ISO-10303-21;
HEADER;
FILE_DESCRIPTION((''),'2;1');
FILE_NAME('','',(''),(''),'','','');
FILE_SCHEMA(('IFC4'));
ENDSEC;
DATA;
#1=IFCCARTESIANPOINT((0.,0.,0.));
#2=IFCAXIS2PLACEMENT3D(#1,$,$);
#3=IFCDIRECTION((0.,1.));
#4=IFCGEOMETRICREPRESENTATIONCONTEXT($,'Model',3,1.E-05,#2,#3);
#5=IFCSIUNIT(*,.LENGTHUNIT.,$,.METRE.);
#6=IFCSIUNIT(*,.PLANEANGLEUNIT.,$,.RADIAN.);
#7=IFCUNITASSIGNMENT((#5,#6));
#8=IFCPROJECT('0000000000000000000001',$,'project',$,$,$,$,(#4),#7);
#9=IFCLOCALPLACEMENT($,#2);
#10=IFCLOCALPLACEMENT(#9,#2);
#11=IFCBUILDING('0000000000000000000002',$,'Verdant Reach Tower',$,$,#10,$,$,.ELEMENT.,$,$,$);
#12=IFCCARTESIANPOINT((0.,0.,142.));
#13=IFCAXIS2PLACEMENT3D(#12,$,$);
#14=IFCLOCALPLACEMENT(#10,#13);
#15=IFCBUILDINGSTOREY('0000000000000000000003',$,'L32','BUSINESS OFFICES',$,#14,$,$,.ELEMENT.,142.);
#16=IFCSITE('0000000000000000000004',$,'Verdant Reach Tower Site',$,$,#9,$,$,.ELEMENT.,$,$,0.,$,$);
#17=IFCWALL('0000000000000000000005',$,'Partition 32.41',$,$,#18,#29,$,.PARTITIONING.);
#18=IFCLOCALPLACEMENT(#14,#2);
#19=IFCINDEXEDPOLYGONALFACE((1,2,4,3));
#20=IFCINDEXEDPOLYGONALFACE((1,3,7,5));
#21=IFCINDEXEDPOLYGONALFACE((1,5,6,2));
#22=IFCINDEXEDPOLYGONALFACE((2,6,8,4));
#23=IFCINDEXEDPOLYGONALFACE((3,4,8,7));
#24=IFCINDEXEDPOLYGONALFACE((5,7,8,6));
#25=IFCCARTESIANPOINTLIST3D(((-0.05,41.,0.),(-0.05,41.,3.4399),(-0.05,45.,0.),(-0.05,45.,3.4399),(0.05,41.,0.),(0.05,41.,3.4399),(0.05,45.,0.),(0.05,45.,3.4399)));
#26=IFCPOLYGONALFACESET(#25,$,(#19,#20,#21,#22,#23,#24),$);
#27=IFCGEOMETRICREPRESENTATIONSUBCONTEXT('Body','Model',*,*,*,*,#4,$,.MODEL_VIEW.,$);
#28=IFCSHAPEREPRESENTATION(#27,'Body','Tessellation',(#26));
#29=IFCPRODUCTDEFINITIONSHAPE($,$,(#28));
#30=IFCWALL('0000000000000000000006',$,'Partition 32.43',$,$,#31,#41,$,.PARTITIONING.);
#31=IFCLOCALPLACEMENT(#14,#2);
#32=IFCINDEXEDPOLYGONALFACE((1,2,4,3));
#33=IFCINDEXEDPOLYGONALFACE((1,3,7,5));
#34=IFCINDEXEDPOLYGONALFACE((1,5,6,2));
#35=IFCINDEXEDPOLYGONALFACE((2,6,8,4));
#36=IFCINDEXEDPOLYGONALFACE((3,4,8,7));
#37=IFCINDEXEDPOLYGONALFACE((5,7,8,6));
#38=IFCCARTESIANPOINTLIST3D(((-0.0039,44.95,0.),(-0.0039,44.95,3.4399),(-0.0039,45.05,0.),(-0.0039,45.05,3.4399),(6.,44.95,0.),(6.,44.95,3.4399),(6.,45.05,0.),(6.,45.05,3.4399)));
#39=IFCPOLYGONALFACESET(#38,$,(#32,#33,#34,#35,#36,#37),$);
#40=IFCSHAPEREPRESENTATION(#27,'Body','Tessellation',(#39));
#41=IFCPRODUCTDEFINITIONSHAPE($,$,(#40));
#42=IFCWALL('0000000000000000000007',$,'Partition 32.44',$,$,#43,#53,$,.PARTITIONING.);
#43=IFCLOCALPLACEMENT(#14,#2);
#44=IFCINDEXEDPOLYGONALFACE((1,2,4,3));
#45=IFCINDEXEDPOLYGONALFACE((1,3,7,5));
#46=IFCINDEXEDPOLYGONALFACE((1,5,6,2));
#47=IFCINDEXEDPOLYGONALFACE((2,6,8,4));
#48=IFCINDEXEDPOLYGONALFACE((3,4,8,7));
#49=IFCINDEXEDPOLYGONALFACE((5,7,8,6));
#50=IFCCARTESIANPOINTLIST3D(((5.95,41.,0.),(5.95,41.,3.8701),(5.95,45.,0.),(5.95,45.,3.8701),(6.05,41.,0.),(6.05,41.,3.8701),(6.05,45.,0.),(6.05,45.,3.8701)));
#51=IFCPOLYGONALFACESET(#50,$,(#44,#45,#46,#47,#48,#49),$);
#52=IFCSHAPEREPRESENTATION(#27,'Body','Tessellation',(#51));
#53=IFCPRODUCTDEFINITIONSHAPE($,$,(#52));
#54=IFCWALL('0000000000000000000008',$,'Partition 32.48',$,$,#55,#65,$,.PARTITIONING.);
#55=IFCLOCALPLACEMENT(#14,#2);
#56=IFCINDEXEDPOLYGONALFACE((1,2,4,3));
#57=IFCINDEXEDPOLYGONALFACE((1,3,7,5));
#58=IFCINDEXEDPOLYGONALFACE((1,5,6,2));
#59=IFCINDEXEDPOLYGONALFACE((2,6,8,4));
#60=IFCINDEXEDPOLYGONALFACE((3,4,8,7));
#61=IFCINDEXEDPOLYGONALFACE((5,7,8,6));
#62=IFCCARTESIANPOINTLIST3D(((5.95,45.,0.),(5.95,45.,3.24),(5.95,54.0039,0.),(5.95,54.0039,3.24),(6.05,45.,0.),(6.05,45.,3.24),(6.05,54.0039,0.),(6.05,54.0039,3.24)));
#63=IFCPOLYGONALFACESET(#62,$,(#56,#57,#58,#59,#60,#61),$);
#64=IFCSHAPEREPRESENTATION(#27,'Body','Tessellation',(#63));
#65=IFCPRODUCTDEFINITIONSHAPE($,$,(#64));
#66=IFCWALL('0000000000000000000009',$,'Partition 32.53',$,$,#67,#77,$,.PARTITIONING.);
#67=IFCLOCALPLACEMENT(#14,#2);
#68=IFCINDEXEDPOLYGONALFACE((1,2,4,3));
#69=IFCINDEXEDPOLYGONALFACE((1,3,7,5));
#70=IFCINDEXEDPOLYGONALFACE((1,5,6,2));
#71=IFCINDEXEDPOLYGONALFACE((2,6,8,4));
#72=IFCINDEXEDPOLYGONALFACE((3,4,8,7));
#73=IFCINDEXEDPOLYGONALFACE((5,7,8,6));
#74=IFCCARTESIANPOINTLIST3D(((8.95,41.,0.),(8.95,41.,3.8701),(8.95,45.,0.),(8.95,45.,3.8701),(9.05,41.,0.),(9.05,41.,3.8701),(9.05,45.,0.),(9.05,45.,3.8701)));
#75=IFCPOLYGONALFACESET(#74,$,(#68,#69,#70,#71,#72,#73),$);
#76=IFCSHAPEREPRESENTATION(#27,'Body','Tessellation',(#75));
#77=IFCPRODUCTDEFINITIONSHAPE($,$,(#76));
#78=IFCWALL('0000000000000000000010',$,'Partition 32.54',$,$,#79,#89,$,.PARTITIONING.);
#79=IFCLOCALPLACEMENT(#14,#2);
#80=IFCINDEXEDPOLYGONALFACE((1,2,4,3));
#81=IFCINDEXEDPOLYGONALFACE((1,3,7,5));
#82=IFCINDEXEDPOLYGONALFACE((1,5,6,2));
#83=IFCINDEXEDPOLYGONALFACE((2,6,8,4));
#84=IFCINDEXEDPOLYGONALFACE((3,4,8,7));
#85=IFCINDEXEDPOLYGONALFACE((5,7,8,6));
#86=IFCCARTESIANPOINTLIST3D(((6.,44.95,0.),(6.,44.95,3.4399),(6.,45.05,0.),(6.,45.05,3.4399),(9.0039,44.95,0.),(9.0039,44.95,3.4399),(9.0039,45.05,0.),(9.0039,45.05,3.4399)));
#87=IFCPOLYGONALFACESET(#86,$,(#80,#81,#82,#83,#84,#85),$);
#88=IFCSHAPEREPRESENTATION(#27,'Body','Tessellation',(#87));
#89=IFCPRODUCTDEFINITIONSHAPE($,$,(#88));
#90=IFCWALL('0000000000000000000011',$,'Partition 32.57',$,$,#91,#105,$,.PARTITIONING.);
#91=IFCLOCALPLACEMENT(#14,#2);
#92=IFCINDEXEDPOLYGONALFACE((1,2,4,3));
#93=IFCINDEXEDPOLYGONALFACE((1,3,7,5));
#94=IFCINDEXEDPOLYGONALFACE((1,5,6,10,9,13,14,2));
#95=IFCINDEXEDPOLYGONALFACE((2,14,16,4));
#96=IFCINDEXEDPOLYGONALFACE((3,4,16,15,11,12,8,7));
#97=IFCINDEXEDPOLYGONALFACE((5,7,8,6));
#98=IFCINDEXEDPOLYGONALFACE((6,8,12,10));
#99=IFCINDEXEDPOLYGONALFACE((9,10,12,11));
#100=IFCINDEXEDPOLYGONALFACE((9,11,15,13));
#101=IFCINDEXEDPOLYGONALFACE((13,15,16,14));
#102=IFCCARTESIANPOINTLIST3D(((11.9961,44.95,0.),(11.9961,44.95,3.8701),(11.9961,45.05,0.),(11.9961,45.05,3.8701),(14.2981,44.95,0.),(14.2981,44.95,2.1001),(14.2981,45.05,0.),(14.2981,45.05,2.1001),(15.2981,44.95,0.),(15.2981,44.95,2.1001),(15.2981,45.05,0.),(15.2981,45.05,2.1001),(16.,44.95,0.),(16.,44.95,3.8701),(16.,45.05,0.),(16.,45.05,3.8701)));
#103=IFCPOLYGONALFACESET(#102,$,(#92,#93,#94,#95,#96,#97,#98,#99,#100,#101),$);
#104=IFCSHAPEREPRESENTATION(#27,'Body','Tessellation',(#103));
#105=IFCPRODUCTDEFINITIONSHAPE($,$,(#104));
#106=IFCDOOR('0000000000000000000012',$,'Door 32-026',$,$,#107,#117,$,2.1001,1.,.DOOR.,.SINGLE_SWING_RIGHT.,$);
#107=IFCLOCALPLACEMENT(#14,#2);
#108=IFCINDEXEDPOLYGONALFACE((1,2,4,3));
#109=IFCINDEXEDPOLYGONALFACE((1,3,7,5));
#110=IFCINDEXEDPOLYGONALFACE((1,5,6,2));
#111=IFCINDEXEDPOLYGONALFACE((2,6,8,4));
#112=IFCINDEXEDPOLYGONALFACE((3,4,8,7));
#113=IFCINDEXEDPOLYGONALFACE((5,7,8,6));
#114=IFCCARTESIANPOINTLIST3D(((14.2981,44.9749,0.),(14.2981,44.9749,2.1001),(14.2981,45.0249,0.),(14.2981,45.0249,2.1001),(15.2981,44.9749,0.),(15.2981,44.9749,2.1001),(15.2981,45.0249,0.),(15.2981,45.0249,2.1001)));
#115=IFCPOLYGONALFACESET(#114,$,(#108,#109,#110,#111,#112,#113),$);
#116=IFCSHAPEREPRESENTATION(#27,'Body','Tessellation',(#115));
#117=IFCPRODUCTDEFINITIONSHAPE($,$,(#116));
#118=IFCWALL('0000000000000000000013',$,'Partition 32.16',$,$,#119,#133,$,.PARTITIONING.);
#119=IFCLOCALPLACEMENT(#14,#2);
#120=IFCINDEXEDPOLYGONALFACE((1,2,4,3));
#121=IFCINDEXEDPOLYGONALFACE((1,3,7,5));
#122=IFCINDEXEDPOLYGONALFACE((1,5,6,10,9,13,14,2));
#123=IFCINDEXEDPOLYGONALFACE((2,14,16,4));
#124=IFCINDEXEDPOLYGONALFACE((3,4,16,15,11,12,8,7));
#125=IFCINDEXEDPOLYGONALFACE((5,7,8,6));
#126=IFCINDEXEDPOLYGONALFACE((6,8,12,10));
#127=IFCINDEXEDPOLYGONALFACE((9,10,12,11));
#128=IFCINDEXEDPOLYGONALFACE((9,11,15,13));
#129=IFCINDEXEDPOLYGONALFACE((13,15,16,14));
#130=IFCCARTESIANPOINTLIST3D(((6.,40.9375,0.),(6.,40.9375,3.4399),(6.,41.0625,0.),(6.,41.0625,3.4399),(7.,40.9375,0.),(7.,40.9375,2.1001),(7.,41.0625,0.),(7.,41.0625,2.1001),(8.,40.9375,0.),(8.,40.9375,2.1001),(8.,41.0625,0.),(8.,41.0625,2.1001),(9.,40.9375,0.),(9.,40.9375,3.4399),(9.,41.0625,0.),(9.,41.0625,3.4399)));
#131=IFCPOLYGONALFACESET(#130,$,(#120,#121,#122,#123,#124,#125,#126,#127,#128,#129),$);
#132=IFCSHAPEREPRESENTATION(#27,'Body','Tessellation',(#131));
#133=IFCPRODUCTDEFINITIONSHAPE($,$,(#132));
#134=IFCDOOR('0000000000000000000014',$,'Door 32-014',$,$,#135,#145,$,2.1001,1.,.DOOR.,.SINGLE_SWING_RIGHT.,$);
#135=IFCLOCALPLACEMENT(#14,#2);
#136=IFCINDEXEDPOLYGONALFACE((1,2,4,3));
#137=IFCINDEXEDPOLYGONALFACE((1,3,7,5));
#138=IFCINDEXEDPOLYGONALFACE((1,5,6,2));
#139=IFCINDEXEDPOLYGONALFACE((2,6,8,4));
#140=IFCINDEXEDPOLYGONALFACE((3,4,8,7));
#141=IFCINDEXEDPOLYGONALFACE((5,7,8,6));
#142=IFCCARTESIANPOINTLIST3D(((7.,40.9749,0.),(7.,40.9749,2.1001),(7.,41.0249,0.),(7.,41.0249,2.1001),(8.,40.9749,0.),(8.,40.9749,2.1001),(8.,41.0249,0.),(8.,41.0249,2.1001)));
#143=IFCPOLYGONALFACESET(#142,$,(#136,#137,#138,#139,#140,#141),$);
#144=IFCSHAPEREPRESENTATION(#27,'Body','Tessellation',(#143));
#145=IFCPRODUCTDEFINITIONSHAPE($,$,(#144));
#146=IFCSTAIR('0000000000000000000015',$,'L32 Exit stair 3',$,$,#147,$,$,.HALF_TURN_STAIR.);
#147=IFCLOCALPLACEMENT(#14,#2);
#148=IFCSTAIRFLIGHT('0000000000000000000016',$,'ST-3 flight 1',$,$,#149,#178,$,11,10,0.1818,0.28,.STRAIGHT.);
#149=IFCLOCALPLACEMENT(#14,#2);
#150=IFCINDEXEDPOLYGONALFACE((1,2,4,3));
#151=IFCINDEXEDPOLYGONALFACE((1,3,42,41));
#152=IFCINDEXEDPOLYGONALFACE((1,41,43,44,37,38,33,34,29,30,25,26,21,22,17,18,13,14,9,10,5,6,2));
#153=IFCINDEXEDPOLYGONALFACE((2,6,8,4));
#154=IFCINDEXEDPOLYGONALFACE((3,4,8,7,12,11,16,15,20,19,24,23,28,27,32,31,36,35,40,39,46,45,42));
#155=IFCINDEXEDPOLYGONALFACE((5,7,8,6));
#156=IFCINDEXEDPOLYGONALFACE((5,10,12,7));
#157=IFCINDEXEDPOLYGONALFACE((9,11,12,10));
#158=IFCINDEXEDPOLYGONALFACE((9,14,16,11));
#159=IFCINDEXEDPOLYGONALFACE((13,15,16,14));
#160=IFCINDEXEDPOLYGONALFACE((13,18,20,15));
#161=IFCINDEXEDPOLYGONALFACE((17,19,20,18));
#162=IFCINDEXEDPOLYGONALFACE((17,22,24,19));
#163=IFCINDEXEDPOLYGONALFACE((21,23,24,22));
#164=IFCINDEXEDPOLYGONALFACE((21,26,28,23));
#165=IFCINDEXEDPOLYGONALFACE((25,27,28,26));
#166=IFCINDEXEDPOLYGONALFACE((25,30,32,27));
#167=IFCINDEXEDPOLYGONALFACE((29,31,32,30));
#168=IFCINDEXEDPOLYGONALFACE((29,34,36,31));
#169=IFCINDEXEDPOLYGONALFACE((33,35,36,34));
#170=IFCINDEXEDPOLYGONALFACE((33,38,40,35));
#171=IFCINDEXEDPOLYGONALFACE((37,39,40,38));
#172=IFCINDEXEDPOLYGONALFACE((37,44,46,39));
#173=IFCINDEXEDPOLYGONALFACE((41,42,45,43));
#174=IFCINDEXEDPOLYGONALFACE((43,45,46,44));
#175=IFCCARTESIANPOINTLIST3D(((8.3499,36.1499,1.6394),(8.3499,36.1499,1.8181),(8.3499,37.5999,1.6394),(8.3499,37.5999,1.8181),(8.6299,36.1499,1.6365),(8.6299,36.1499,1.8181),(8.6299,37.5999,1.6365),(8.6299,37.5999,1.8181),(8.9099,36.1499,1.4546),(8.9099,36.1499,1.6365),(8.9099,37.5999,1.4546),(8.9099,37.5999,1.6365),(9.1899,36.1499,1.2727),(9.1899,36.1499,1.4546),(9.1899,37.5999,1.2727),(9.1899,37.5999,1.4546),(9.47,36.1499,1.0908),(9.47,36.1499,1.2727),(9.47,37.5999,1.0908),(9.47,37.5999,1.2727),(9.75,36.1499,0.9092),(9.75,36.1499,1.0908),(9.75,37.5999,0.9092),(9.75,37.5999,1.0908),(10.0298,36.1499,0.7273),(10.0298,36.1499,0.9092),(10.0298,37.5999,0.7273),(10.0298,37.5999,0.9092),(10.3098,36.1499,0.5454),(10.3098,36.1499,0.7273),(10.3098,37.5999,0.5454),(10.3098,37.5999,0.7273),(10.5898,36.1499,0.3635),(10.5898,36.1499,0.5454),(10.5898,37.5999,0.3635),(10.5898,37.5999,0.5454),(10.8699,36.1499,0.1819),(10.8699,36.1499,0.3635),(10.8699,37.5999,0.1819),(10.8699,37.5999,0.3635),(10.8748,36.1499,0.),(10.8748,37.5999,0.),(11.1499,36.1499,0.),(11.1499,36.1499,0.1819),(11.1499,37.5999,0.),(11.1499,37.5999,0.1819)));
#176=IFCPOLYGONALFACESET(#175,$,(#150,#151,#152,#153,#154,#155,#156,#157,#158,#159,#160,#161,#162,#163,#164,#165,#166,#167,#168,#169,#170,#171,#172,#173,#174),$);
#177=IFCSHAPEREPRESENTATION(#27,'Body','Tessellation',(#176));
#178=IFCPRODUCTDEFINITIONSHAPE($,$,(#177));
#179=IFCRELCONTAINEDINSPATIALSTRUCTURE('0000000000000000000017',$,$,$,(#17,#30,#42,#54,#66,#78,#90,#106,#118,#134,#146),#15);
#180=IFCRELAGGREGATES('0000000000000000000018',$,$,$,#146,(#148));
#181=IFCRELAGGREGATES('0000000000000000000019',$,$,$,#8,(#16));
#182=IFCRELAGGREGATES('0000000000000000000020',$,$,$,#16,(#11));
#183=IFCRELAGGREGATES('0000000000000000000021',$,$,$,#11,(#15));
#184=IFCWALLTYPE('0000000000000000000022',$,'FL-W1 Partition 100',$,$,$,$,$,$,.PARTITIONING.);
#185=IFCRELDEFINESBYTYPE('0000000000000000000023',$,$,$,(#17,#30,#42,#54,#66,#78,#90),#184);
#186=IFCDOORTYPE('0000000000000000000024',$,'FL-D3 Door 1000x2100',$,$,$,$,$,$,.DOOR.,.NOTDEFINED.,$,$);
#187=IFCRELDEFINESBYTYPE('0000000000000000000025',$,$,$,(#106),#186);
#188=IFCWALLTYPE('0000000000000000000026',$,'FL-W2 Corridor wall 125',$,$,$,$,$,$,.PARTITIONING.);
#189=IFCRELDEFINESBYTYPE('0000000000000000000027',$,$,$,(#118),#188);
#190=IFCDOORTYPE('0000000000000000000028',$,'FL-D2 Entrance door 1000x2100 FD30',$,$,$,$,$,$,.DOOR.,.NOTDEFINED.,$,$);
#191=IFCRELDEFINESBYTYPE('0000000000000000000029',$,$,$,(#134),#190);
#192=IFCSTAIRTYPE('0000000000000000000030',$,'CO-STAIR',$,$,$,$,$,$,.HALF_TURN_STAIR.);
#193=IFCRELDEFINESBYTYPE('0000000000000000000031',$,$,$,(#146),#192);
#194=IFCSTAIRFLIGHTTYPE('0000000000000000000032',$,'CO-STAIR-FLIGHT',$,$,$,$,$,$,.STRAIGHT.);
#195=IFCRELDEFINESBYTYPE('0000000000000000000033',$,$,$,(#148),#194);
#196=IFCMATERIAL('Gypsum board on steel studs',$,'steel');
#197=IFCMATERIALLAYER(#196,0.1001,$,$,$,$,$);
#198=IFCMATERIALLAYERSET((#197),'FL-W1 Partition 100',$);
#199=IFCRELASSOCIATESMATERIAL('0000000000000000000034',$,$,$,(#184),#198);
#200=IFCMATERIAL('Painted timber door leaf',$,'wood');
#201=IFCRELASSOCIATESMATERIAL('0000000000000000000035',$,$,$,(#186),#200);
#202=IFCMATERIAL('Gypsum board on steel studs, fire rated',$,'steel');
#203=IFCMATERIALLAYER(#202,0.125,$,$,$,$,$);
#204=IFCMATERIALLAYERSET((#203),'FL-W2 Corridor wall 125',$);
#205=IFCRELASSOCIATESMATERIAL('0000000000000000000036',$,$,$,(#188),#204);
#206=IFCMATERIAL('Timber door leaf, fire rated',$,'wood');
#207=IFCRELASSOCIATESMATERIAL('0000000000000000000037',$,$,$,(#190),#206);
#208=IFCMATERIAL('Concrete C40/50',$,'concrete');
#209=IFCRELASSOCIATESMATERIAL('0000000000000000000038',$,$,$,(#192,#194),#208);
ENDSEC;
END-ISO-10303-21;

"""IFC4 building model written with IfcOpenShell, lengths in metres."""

from ifc_helpers import new_model, si_unit, direction, frame, frame_2d, origin, place, context, subcontext, project, spatial, polyline, rectangle, outline, extrude, material, layer, layer_set, type_object, element, fill, aggregate, save


model = new_model("IFC4")

# Units and contexts
model_context = context("Model", 3, precision=1e-05, world=origin(), true_north=direction((0.0, 1.0)))
body_context = subcontext(model_context, "Body", "Model", "MODEL_VIEW")
ifc_project = project(units=[si_unit("LENGTHUNIT", "METRE"), si_unit("PLANEANGLEUNIT", "RADIAN")], contexts=[model_context])

# Site, building, storey
site_placement = place(None, origin())
site = spatial("IfcSite", under=ifc_project, at=site_placement, Name="Verdant Reach Tower Site", CompositionType="ELEMENT", RefElevation=0.0)
building_placement = place(site_placement, origin())
building = spatial("IfcBuilding", under=site, at=building_placement, Name="Verdant Reach Tower", CompositionType="ELEMENT")
storey_placement = place(building_placement, frame((0.0, 0.0, 142.0)))
storey = spatial("IfcBuildingStorey", under=building, at=storey_placement, Name="L32", Description="BUSINESS OFFICES", CompositionType="ELEMENT", Elevation=142.0)

# Shared definitions
ifc_material_1 = material(Name="Concrete C40/50", Category="concrete")

# Walls
ifc_material_2 = material(Name="Gypsum board on steel studs", Category="steel")
ifc_layer_1 = layer(ifc_material_2, 0.1001)
ifc_layer_set_1 = layer_set([ifc_layer_1], Name="FL-W1 Partition 100")
wall_type_1 = type_object("IfcWallType", Name="FL-W1 Partition 100", PredefinedType="PARTITIONING", material=ifc_layer_set_1)
wall_1_placement = place(storey_placement, frame((0.0, 41.0, 0.0), z_axis=(0.0, 0.0, 1.0), x_axis=(0.0, 1.0, 0.0)))
element("IfcWall", 1, at=wall_1_placement, inside=storey, type_object=wall_type_1, Name="Partition 32.41", PredefinedType="PARTITIONING", context=body_context, shape_type="SweptSolid", body=[
    extrude(rectangle(XDim=4.0, YDim=0.1001, at=frame_2d((2.0, 0.0))), origin(), (0.0, 0.0, 1.0), 3.4399),
])
wall_2_placement = place(storey_placement, frame((6.0, 45.0, 0.0), z_axis=(0.0, 0.0, 1.0), x_axis=(-1.0, 0.0, 0.0)))
element("IfcWall", 2, at=wall_2_placement, inside=storey, type_object=wall_type_1, Name="Partition 32.43", PredefinedType="PARTITIONING", context=body_context, shape_type="SweptSolid", body=[
    extrude(rectangle(XDim=6.0039, YDim=0.1001, at=frame_2d((3.002, 0.0))), origin(), (0.0, 0.0, 1.0), 3.4399),
])
wall_3_placement = place(storey_placement, frame((6.0, 41.0, 0.0), z_axis=(0.0, 0.0, 1.0), x_axis=(0.0, 1.0, 0.0)))
element("IfcWall", 3, at=wall_3_placement, inside=storey, type_object=wall_type_1, Name="Partition 32.44", PredefinedType="PARTITIONING", context=body_context, shape_type="SweptSolid", body=[
    extrude(rectangle(XDim=4.0, YDim=0.1001, at=frame_2d((2.0, 0.0))), origin(), (0.0, 0.0, 1.0), 3.8701),
])
wall_4_placement = place(storey_placement, frame((6.0, 45.0, 0.0), z_axis=(0.0, 0.0, 1.0), x_axis=(0.0, 1.0, 0.0)))
element("IfcWall", 4, at=wall_4_placement, inside=storey, type_object=wall_type_1, Name="Partition 32.48", PredefinedType="PARTITIONING", context=body_context, shape_type="SweptSolid", body=[
    extrude(rectangle(XDim=9.0039, YDim=0.1001, at=frame_2d((4.502, 0.0))), origin(), (0.0, 0.0, 1.0), 3.24),
])
wall_5_placement = place(storey_placement, frame((9.0, 41.0, 0.0), z_axis=(0.0, 0.0, 1.0), x_axis=(0.0, 1.0, 0.0)))
element("IfcWall", 5, at=wall_5_placement, inside=storey, type_object=wall_type_1, Name="Partition 32.53", PredefinedType="PARTITIONING", context=body_context, shape_type="SweptSolid", body=[
    extrude(rectangle(XDim=4.0, YDim=0.1001, at=frame_2d((2.0, 0.0))), origin(), (0.0, 0.0, 1.0), 3.8701),
])
wall_6_placement = place(storey_placement, frame((9.0039, 45.0, 0.0), z_axis=(0.0, 0.0, 1.0), x_axis=(-1.0, 0.0, 0.0)))
element("IfcWall", 6, at=wall_6_placement, inside=storey, type_object=wall_type_1, Name="Partition 32.54", PredefinedType="PARTITIONING", context=body_context, shape_type="SweptSolid", body=[
    extrude(rectangle(XDim=3.0039, YDim=0.1001, at=frame_2d((1.502, 0.0))), origin(), (0.0, 0.0, 1.0), 3.4399),
])

# Walls, openings, doors
wall_7_placement = place(storey_placement, frame((11.9961, 45.0, 0.0), z_axis=(0.0, 0.0, 1.0), x_axis=(1.0, 0.0, 0.0)))
wall_7 = element("IfcWall", 7, at=wall_7_placement, inside=storey, type_object=wall_type_1, Name="Partition 32.57", PredefinedType="PARTITIONING", context=body_context, shape_type="SweptSolid", body=[
    extrude(rectangle(XDim=4.0039, YDim=0.1001, at=frame_2d((2.002, 0.0))), origin(), (0.0, 0.0, 1.0), 3.8701),
])
opening_1_placement = place(wall_7_placement, frame((2.302, 0.0, 0.0)))
opening_1 = element("IfcOpeningElement", 8, at=opening_1_placement, cuts=wall_7, PredefinedType="OPENING", context=body_context, shape_type="SweptSolid", body=[
    extrude(rectangle(XDim=1.0, YDim=2.1001, at=frame_2d((0.5, 1.05))), frame((0.0, 0.0601, 0.0), z_axis=(0.0, -1.0, 0.0), x_axis=(1.0, 0.0, 0.0)), (0.0, 0.0, 1.0), 0.1201),
])
ifc_material_3 = material(Name="Painted timber door leaf", Category="wood")
door_type_1 = type_object("IfcDoorType", Name="FL-D3 Door 1000x2100", OperationType="NOTDEFINED", PredefinedType="DOOR", material=ifc_material_3)
door_1_placement = place(opening_1_placement, origin())
door_1 = element("IfcDoor", 9, at=door_1_placement, inside=storey, type_object=door_type_1, Name="Door 32-026", OperationType="SINGLE_SWING_RIGHT", OverallHeight=2.1001, OverallWidth=1.0, PredefinedType="DOOR", context=body_context, shape_type="SweptSolid", body=[
    extrude(rectangle(XDim=1.0, YDim=2.1001, at=frame_2d((0.5, 1.05))), frame((0.0, 0.0249, 0.0), z_axis=(0.0, -1.0, 0.0), x_axis=(1.0, 0.0, 0.0)), (0.0, 0.0, 1.0), 0.05),
])
fill(opening_1, door_1)
ifc_material_4 = material(Name="Gypsum board on steel studs, fire rated", Category="steel")
ifc_layer_2 = layer(ifc_material_4, 0.125)
ifc_layer_set_2 = layer_set([ifc_layer_2], Name="FL-W2 Corridor wall 125")
wall_type_2 = type_object("IfcWallType", Name="FL-W2 Corridor wall 125", PredefinedType="PARTITIONING", material=ifc_layer_set_2)
wall_8_placement = place(storey_placement, frame((6.0, 41.0, 0.0), z_axis=(0.0, 0.0, 1.0), x_axis=(1.0, 0.0, 0.0)))
wall_8 = element("IfcWall", 10, at=wall_8_placement, inside=storey, type_object=wall_type_2, Name="Partition 32.16", PredefinedType="PARTITIONING", context=body_context, shape_type="SweptSolid", body=[
    extrude(rectangle(XDim=3.0, YDim=0.125, at=frame_2d((1.5, 0.0))), origin(), (0.0, 0.0, 1.0), 3.4399),
])
opening_2_placement = place(wall_8_placement, frame((1.0, 0.0, 0.0)))
opening_2 = element("IfcOpeningElement", 11, at=opening_2_placement, cuts=wall_8, PredefinedType="OPENING", context=body_context, shape_type="SweptSolid", body=[
    extrude(rectangle(XDim=1.0, YDim=2.1001, at=frame_2d((0.5, 1.05))), frame((0.0, 0.0725, 0.0), z_axis=(0.0, -1.0, 0.0), x_axis=(1.0, 0.0, 0.0)), (0.0, 0.0, 1.0), 0.145),
])
ifc_material_5 = material(Name="Timber door leaf, fire rated", Category="wood")
door_type_2 = type_object("IfcDoorType", Name="FL-D2 Entrance door 1000x2100 FD30", OperationType="NOTDEFINED", PredefinedType="DOOR", material=ifc_material_5)
door_2_placement = place(opening_2_placement, origin())
door_2 = element("IfcDoor", 12, at=door_2_placement, inside=storey, type_object=door_type_2, Name="Door 32-014", OperationType="SINGLE_SWING_RIGHT", OverallHeight=2.1001, OverallWidth=1.0, PredefinedType="DOOR", context=body_context, shape_type="SweptSolid", body=[
    extrude(rectangle(XDim=1.0, YDim=2.1001, at=frame_2d((0.5, 1.05))), frame((0.0, 0.0249, 0.0), z_axis=(0.0, -1.0, 0.0), x_axis=(1.0, 0.0, 0.0)), (0.0, 0.0, 1.0), 0.05),
])
fill(opening_2, door_2)

# Stair, stair flight
stair_type = type_object("IfcStairType", Name="CO-STAIR", PredefinedType="HALF_TURN_STAIR", material=ifc_material_1)
stair_placement = place(storey_placement, origin())
stair = element("IfcStair", 13, at=stair_placement, inside=storey, type_object=stair_type, Name="L32 Exit stair 3", PredefinedType="HALF_TURN_STAIR")
stair_flight_type = type_object("IfcStairFlightType", Name="CO-STAIR-FLIGHT", PredefinedType="STRAIGHT", material=ifc_material_1)
stair_flight_1_placement = place(storey_placement, frame((11.1499, 36.875, 0.0), z_axis=(0.0, 0.0, 1.0), x_axis=(-1.0, 0.0, 0.0)))
stair_flight_1 = element("IfcStairFlight", 14, at=stair_flight_1_placement, type_object=stair_flight_type, Name="ST-3 flight 1", NumberOfRisers=11, NumberOfTreads=10, PredefinedType="STRAIGHT", RiserHeight=0.1818, TreadLength=0.28, context=body_context, shape_type="SweptSolid", body=[
    extrude(outline(polyline([(0.0, 0.0), (0.0, 0.1819), (0.28, 0.1819), (0.28, 0.3635), (0.5601, 0.3635), (0.5601, 0.5454), (0.8401, 0.5454), (0.8401, 0.7273), (1.1201, 0.7273), (1.1201, 0.9092), (1.3999, 0.9092), (1.3999, 1.0908), (1.6799, 1.0908), (1.6799, 1.2727), (1.96, 1.2727), (1.96, 1.4546), (2.24, 1.4546), (2.24, 1.6365), (2.52, 1.6365), (2.52, 1.8181), (2.8, 1.8181), (2.8, 2.0), (2.8, 1.6394), (0.2751, 0.0), (0.0, 0.0)])), frame((0.0, 0.7251, 0.0), z_axis=(0.0, -1.0, 0.0), x_axis=(1.0, 0.0, 0.0)), (0.0, 0.0, 1.0), 1.45),
])
aggregate(stair, [stair_flight_1])

save(model, "model.ifc")
